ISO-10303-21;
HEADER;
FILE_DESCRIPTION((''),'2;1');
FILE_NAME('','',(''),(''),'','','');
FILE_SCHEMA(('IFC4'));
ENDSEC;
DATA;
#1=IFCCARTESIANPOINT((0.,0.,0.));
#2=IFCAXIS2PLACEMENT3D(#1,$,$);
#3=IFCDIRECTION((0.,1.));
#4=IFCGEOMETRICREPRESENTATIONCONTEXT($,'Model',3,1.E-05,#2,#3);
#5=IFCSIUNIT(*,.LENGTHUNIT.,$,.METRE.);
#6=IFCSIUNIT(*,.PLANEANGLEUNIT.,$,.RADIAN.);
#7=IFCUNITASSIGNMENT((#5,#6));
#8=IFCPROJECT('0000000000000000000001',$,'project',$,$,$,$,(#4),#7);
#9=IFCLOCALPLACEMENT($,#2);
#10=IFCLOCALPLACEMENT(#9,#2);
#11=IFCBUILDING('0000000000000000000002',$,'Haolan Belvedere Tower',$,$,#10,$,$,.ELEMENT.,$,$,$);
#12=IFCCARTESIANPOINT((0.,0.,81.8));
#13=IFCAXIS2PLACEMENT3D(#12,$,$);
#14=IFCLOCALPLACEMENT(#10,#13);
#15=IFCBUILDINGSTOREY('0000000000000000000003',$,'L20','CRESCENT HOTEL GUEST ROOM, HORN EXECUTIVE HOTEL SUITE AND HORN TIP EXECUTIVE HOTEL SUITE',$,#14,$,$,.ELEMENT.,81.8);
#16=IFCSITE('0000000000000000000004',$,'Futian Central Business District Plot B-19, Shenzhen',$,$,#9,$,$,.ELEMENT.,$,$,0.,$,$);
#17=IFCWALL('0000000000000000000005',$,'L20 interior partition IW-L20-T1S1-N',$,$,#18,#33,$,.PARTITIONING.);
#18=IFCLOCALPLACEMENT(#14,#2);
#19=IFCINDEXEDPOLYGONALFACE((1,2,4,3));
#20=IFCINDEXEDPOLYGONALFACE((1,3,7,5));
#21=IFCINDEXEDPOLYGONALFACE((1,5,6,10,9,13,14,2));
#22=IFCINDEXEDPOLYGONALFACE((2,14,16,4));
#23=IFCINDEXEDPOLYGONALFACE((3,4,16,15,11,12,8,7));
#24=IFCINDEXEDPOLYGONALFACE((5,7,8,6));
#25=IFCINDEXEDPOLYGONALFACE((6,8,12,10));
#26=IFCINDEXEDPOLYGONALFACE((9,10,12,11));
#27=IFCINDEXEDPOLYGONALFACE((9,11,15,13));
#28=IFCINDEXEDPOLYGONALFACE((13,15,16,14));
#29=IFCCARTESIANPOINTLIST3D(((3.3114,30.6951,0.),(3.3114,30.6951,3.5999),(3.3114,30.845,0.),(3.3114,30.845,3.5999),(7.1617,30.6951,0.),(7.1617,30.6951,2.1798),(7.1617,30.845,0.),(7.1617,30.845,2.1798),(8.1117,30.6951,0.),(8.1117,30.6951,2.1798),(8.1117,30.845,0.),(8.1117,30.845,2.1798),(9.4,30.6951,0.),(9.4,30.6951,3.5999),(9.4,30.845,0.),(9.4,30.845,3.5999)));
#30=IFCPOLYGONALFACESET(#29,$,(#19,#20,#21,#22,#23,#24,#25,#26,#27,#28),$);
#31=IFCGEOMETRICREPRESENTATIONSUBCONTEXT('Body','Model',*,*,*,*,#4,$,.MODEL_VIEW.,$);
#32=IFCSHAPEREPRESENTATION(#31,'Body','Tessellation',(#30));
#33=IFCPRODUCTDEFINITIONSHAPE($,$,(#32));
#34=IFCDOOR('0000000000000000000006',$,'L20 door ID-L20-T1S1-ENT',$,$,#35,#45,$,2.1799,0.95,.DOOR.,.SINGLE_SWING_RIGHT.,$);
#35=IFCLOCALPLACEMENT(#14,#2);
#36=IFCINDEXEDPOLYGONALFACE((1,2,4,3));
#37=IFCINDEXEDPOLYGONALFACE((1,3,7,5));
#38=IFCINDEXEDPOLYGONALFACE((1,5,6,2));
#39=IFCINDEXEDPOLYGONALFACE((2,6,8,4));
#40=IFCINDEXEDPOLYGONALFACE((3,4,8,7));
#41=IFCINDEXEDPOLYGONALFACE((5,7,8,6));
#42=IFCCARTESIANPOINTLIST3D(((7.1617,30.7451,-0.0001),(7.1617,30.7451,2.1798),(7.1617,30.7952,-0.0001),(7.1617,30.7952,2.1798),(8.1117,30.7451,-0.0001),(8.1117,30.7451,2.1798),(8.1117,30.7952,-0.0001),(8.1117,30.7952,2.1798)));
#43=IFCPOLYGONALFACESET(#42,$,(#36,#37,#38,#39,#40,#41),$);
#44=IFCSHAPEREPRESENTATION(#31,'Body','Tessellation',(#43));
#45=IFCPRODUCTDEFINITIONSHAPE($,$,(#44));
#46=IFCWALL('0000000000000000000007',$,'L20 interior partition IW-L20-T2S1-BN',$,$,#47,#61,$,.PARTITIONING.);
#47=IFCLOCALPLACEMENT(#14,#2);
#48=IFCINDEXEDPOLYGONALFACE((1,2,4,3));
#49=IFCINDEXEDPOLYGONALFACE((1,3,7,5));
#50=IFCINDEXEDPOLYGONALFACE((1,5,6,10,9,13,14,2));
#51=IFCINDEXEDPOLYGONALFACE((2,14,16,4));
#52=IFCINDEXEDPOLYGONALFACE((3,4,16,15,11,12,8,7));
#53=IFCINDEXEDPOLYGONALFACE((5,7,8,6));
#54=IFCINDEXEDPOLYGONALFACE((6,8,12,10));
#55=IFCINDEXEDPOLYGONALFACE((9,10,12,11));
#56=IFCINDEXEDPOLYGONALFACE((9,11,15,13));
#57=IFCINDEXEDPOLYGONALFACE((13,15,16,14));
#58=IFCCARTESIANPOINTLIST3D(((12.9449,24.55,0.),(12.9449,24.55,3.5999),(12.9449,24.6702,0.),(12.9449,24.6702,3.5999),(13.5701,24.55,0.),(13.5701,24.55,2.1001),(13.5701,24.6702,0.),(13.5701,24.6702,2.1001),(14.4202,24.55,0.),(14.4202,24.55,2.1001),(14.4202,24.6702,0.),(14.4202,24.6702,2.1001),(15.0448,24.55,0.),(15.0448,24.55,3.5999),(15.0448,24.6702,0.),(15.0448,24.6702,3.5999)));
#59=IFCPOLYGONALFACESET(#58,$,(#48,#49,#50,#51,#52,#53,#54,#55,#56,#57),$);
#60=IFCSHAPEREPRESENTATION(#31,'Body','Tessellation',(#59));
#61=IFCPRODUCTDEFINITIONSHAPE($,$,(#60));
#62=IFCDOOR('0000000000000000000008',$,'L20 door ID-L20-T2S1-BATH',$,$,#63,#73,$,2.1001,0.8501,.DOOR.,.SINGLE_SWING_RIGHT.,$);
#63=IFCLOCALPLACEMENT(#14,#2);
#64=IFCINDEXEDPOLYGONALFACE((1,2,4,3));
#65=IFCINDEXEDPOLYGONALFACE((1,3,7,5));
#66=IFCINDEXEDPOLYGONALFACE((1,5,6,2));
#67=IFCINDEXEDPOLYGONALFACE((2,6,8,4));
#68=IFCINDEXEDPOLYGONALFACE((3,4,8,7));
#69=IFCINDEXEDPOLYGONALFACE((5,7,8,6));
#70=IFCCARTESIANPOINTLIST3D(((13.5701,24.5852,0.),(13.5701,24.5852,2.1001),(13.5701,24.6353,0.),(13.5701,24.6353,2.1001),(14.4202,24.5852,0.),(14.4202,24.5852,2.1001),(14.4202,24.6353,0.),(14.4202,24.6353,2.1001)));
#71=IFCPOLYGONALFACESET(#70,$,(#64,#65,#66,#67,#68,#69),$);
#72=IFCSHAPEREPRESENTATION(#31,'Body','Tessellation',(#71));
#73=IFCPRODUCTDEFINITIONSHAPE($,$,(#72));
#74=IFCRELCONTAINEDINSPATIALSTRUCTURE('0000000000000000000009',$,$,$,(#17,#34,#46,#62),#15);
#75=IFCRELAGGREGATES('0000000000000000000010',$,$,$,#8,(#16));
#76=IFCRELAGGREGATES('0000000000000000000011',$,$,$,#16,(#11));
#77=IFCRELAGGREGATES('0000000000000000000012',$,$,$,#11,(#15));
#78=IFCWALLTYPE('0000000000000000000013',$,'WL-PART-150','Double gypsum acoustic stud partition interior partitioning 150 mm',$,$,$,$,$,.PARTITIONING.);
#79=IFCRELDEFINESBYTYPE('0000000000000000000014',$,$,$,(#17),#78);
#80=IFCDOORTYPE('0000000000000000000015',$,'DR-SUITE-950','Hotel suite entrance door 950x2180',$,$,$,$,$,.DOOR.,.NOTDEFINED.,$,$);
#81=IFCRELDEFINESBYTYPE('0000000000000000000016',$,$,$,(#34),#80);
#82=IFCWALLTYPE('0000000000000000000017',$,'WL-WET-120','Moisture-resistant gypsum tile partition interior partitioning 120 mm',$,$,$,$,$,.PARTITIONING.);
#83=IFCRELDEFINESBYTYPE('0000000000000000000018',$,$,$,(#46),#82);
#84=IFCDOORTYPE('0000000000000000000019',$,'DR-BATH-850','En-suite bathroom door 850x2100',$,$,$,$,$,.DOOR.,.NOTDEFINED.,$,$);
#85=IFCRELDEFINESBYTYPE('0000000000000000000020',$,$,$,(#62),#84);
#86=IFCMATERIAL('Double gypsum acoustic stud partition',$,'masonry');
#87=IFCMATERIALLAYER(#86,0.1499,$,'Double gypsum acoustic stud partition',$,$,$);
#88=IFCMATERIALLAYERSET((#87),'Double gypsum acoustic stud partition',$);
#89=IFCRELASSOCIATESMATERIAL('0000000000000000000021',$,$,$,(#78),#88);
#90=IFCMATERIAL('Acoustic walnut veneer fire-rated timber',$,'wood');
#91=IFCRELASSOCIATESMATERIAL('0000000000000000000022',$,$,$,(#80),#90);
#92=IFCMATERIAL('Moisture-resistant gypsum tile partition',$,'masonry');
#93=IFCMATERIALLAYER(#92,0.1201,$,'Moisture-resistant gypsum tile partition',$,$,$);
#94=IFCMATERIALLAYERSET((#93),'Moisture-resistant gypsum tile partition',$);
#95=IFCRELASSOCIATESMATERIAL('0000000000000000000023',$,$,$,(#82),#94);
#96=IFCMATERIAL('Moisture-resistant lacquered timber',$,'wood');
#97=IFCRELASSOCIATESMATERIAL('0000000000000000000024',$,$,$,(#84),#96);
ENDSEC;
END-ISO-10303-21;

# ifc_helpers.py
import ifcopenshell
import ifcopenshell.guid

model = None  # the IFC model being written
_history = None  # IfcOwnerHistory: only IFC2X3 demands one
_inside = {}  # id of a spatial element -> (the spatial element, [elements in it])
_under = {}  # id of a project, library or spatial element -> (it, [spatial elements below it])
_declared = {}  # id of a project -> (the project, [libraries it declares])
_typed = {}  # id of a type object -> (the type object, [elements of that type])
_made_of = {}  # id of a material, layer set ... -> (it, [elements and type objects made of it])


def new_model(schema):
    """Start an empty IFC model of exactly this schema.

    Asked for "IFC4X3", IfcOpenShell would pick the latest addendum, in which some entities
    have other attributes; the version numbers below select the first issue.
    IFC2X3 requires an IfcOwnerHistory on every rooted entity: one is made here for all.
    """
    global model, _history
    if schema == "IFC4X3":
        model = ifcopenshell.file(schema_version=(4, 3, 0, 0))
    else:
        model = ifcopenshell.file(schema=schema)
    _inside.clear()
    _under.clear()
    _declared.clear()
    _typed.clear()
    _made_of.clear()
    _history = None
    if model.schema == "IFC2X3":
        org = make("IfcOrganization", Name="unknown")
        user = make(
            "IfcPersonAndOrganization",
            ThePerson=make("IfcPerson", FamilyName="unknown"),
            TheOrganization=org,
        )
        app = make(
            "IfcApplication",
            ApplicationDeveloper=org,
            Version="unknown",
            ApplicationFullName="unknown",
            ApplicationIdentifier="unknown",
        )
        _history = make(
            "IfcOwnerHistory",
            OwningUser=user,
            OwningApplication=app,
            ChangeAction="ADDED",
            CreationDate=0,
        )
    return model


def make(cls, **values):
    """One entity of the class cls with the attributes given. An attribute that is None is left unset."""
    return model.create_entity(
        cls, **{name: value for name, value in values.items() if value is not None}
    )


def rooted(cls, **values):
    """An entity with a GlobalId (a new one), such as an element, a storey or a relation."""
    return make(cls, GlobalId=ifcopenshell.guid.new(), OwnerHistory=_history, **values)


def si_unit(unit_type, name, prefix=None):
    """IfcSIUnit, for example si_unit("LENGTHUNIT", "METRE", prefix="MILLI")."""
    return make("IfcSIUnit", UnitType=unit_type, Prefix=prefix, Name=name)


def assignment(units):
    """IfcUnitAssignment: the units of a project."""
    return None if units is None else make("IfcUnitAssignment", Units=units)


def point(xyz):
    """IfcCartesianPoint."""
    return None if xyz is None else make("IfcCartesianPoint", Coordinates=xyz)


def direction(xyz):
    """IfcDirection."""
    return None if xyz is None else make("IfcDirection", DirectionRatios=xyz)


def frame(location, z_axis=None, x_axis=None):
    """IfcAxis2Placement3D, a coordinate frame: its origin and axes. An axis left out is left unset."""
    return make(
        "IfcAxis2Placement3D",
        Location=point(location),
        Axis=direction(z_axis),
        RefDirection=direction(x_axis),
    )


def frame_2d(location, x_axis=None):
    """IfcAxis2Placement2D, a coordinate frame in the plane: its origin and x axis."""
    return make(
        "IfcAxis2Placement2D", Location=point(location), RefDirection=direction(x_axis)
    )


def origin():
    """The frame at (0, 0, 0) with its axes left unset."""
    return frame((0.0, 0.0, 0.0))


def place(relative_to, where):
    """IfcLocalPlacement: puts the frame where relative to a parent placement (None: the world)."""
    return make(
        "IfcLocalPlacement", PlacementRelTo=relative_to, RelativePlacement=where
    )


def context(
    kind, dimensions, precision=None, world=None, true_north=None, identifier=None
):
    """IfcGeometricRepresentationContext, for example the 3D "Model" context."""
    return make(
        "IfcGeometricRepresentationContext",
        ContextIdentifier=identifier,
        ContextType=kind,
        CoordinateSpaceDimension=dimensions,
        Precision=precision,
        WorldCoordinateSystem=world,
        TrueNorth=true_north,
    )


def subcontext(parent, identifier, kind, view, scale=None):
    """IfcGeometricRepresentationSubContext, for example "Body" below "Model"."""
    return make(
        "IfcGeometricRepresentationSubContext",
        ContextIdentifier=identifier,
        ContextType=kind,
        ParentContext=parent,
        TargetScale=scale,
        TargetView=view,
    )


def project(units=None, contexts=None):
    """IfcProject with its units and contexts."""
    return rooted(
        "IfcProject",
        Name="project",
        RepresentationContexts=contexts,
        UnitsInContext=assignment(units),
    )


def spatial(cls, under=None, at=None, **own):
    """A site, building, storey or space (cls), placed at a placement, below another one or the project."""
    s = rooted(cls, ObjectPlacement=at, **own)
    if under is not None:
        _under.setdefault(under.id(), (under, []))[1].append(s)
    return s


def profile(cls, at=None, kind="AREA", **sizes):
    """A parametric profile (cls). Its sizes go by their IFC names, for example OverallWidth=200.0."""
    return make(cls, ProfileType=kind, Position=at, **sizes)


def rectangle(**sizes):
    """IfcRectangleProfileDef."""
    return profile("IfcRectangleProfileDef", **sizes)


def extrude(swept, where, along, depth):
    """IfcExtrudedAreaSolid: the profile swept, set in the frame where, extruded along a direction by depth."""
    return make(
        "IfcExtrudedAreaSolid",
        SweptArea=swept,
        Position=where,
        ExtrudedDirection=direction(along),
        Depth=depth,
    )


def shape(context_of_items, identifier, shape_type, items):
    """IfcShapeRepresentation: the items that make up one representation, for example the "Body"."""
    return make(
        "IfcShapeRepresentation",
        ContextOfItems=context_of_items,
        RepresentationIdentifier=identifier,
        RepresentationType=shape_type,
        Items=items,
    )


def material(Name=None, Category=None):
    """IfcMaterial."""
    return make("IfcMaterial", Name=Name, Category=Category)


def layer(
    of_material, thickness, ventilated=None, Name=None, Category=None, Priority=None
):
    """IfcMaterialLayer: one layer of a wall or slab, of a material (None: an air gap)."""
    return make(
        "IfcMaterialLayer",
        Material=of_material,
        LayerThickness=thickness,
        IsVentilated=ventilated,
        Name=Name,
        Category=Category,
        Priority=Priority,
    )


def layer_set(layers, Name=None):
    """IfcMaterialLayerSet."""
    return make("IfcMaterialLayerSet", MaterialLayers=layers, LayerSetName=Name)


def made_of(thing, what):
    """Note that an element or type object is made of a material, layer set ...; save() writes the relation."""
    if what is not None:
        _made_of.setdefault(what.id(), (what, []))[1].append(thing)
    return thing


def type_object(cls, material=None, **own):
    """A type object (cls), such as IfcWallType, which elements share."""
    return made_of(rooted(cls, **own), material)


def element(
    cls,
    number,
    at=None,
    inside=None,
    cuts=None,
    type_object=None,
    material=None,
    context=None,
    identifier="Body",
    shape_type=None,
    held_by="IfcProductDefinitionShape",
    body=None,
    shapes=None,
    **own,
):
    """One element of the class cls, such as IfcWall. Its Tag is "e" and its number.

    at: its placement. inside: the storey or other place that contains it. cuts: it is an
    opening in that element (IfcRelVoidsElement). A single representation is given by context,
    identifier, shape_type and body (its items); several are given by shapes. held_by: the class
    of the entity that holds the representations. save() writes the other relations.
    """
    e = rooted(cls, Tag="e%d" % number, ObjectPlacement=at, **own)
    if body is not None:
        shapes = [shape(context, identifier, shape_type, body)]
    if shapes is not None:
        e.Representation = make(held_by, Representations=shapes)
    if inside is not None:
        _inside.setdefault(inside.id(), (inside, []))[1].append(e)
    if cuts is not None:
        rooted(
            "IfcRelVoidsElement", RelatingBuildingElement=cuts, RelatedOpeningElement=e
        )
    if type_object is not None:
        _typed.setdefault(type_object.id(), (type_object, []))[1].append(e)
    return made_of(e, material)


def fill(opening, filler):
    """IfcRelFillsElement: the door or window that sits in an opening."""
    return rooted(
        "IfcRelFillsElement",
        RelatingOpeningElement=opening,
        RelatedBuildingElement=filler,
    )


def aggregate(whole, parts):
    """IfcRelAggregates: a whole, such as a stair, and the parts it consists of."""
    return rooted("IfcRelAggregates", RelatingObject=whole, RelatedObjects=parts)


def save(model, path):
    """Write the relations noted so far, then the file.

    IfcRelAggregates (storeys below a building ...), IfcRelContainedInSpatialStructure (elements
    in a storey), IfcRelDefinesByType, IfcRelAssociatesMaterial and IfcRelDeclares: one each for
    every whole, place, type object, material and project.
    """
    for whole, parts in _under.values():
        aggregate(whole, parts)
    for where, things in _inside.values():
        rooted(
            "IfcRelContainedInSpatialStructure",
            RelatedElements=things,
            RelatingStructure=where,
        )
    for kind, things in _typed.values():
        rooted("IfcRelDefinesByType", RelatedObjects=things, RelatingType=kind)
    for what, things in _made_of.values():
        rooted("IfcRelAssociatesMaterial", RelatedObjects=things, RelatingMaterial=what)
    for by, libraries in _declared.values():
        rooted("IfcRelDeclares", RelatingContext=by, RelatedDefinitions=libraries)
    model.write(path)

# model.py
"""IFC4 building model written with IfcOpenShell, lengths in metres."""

from ifc_helpers import new_model, si_unit, direction, frame, frame_2d, origin, place, context, subcontext, project, spatial, rectangle, extrude, material, layer, layer_set, type_object, element, fill, save


model = new_model("IFC4")

# Units and contexts
model_context = context("Model", 3, precision=1e-05, world=origin(), true_north=direction((0.0, 1.0)))
body_context = subcontext(model_context, "Body", "Model", "MODEL_VIEW")
ifc_project = project(units=[si_unit("LENGTHUNIT", "METRE"), si_unit("PLANEANGLEUNIT", "RADIAN")], contexts=[model_context])

# Site, building, storey
site_placement = place(None, origin())
site = spatial("IfcSite", under=ifc_project, at=site_placement, Name="Futian Central Business District Plot B-19, Shenzhen", CompositionType="ELEMENT", RefElevation=0.0)
building_placement = place(site_placement, origin())
building = spatial("IfcBuilding", under=site, at=building_placement, Name="Haolan Belvedere Tower", CompositionType="ELEMENT")
storey_placement = place(building_placement, frame((0.0, 0.0, 81.8)))
storey = spatial("IfcBuildingStorey", under=building, at=storey_placement, Name="L20", Description="CRESCENT HOTEL GUEST ROOM, HORN EXECUTIVE HOTEL SUITE AND HORN TIP EXECUTIVE HOTEL SUITE", CompositionType="ELEMENT", Elevation=81.8)

# Walls, openings, doors
ifc_material_1 = material(Name="Double gypsum acoustic stud partition", Category="masonry")
ifc_layer_1 = layer(ifc_material_1, 0.1499, Name="Double gypsum acoustic stud partition")
ifc_layer_set_1 = layer_set([ifc_layer_1], Name="Double gypsum acoustic stud partition")
wall_type_1 = type_object("IfcWallType", Name="WL-PART-150", Description="Double gypsum acoustic stud partition interior partitioning 150 mm", PredefinedType="PARTITIONING", material=ifc_layer_set_1)
ifc_material_2 = material(Name="Acoustic walnut veneer fire-rated timber", Category="wood")
door_type_1 = type_object("IfcDoorType", Name="DR-SUITE-950", Description="Hotel suite entrance door 950x2180", OperationType="NOTDEFINED", PredefinedType="DOOR", material=ifc_material_2)
wall_1_placement = place(storey_placement, frame((3.3113, 30.77, 0.0), z_axis=(0.0, 0.0, 1.0), x_axis=(1.0, 0.0, 0.0)))
wall_1 = element("IfcWall", 1, at=wall_1_placement, inside=storey, type_object=wall_type_1, Name="L20 interior partition IW-L20-T1S1-N", PredefinedType="PARTITIONING", context=body_context, shape_type="SweptSolid", body=[
    extrude(rectangle(XDim=6.0886, YDim=0.1499, at=frame_2d((3.0444, 0.0))), origin(), (0.0, 0.0, 1.0), 3.5999),
])
opening_1_placement = place(wall_1_placement, frame((4.8005, 0.0, 0.0), z_axis=(0.0, 0.0, 1.0), x_axis=(-1.0, 0.0, 0.0)))
opening_1 = element("IfcOpeningElement", 2, at=opening_1_placement, cuts=wall_1, PredefinedType="OPENING", context=body_context, shape_type="SweptSolid", body=[
    extrude(rectangle(XDim=0.95, YDim=2.1799, at=frame_2d((0.4751, 1.0898))), frame((0.0, 0.085, 0.0), z_axis=(0.0, -1.0, 0.0), x_axis=(1.0, 0.0, 0.0)), (0.0, 0.0, 1.0), 0.1699),
])
door_1_placement = place(opening_1_placement, origin())
door_1 = element("IfcDoor", 3, at=door_1_placement, inside=storey, type_object=door_type_1, Name="L20 door ID-L20-T1S1-ENT", OperationType="SINGLE_SWING_RIGHT", OverallHeight=2.1799, OverallWidth=0.95, PredefinedType="DOOR", context=body_context, shape_type="SweptSolid", body=[
    extrude(rectangle(XDim=0.95, YDim=2.1799, at=frame_2d((0.4751, 1.0898))), frame((0.0, 0.0249, 0.0), z_axis=(0.0, -1.0, 0.0), x_axis=(1.0, 0.0, 0.0)), (0.0, 0.0, 1.0), 0.05),
])
fill(opening_1, door_1)
ifc_material_3 = material(Name="Moisture-resistant gypsum tile partition", Category="masonry")
ifc_layer_2 = layer(ifc_material_3, 0.1201, Name="Moisture-resistant gypsum tile partition")
ifc_layer_set_2 = layer_set([ifc_layer_2], Name="Moisture-resistant gypsum tile partition")
wall_type_2 = type_object("IfcWallType", Name="WL-WET-120", Description="Moisture-resistant gypsum tile partition interior partitioning 120 mm", PredefinedType="PARTITIONING", material=ifc_layer_set_2)
wall_2_placement = place(storey_placement, frame((12.9451, 24.6101, 0.0), z_axis=(0.0, 0.0, 1.0), x_axis=(1.0, 0.0, 0.0)))
wall_2 = element("IfcWall", 4, at=wall_2_placement, inside=storey, type_object=wall_type_2, Name="L20 interior partition IW-L20-T2S1-BN", PredefinedType="PARTITIONING", context=body_context, shape_type="SweptSolid", body=[
    extrude(rectangle(XDim=2.0999, YDim=0.1201, at=frame_2d((1.0498, 0.0))), origin(), (0.0, 0.0, 1.0), 3.5999),
])
opening_2_placement = place(wall_2_placement, frame((1.4751, 0.0, 0.0), z_axis=(0.0, 0.0, 1.0), x_axis=(-1.0, 0.0, 0.0)))
opening_2 = element("IfcOpeningElement", 5, at=opening_2_placement, cuts=wall_2, PredefinedType="OPENING", context=body_context, shape_type="SweptSolid", body=[
    extrude(rectangle(XDim=0.8501, YDim=2.1001, at=frame_2d((0.425, 1.05))), frame((0.0, 0.0701, 0.0), z_axis=(0.0, -1.0, 0.0), x_axis=(1.0, 0.0, 0.0)), (0.0, 0.0, 1.0), 0.1401),
])
ifc_material_4 = material(Name="Moisture-resistant lacquered timber", Category="wood")
door_type_2 = type_object("IfcDoorType", Name="DR-BATH-850", Description="En-suite bathroom door 850x2100", OperationType="NOTDEFINED", PredefinedType="DOOR", material=ifc_material_4)
door_2_placement = place(opening_2_placement, origin())
door_2 = element("IfcDoor", 6, at=door_2_placement, inside=storey, type_object=door_type_2, Name="L20 door ID-L20-T2S1-BATH", OperationType="SINGLE_SWING_RIGHT", OverallHeight=2.1001, OverallWidth=0.8501, PredefinedType="DOOR", context=body_context, shape_type="SweptSolid", body=[
    extrude(rectangle(XDim=0.8501, YDim=2.1001, at=frame_2d((0.425, 1.05))), frame((0.0, 0.0249, 0.0), z_axis=(0.0, -1.0, 0.0), x_axis=(1.0, 0.0, 0.0)), (0.0, 0.0, 1.0), 0.05),
])
fill(opening_2, door_2)

save(model, "model.ifc")
